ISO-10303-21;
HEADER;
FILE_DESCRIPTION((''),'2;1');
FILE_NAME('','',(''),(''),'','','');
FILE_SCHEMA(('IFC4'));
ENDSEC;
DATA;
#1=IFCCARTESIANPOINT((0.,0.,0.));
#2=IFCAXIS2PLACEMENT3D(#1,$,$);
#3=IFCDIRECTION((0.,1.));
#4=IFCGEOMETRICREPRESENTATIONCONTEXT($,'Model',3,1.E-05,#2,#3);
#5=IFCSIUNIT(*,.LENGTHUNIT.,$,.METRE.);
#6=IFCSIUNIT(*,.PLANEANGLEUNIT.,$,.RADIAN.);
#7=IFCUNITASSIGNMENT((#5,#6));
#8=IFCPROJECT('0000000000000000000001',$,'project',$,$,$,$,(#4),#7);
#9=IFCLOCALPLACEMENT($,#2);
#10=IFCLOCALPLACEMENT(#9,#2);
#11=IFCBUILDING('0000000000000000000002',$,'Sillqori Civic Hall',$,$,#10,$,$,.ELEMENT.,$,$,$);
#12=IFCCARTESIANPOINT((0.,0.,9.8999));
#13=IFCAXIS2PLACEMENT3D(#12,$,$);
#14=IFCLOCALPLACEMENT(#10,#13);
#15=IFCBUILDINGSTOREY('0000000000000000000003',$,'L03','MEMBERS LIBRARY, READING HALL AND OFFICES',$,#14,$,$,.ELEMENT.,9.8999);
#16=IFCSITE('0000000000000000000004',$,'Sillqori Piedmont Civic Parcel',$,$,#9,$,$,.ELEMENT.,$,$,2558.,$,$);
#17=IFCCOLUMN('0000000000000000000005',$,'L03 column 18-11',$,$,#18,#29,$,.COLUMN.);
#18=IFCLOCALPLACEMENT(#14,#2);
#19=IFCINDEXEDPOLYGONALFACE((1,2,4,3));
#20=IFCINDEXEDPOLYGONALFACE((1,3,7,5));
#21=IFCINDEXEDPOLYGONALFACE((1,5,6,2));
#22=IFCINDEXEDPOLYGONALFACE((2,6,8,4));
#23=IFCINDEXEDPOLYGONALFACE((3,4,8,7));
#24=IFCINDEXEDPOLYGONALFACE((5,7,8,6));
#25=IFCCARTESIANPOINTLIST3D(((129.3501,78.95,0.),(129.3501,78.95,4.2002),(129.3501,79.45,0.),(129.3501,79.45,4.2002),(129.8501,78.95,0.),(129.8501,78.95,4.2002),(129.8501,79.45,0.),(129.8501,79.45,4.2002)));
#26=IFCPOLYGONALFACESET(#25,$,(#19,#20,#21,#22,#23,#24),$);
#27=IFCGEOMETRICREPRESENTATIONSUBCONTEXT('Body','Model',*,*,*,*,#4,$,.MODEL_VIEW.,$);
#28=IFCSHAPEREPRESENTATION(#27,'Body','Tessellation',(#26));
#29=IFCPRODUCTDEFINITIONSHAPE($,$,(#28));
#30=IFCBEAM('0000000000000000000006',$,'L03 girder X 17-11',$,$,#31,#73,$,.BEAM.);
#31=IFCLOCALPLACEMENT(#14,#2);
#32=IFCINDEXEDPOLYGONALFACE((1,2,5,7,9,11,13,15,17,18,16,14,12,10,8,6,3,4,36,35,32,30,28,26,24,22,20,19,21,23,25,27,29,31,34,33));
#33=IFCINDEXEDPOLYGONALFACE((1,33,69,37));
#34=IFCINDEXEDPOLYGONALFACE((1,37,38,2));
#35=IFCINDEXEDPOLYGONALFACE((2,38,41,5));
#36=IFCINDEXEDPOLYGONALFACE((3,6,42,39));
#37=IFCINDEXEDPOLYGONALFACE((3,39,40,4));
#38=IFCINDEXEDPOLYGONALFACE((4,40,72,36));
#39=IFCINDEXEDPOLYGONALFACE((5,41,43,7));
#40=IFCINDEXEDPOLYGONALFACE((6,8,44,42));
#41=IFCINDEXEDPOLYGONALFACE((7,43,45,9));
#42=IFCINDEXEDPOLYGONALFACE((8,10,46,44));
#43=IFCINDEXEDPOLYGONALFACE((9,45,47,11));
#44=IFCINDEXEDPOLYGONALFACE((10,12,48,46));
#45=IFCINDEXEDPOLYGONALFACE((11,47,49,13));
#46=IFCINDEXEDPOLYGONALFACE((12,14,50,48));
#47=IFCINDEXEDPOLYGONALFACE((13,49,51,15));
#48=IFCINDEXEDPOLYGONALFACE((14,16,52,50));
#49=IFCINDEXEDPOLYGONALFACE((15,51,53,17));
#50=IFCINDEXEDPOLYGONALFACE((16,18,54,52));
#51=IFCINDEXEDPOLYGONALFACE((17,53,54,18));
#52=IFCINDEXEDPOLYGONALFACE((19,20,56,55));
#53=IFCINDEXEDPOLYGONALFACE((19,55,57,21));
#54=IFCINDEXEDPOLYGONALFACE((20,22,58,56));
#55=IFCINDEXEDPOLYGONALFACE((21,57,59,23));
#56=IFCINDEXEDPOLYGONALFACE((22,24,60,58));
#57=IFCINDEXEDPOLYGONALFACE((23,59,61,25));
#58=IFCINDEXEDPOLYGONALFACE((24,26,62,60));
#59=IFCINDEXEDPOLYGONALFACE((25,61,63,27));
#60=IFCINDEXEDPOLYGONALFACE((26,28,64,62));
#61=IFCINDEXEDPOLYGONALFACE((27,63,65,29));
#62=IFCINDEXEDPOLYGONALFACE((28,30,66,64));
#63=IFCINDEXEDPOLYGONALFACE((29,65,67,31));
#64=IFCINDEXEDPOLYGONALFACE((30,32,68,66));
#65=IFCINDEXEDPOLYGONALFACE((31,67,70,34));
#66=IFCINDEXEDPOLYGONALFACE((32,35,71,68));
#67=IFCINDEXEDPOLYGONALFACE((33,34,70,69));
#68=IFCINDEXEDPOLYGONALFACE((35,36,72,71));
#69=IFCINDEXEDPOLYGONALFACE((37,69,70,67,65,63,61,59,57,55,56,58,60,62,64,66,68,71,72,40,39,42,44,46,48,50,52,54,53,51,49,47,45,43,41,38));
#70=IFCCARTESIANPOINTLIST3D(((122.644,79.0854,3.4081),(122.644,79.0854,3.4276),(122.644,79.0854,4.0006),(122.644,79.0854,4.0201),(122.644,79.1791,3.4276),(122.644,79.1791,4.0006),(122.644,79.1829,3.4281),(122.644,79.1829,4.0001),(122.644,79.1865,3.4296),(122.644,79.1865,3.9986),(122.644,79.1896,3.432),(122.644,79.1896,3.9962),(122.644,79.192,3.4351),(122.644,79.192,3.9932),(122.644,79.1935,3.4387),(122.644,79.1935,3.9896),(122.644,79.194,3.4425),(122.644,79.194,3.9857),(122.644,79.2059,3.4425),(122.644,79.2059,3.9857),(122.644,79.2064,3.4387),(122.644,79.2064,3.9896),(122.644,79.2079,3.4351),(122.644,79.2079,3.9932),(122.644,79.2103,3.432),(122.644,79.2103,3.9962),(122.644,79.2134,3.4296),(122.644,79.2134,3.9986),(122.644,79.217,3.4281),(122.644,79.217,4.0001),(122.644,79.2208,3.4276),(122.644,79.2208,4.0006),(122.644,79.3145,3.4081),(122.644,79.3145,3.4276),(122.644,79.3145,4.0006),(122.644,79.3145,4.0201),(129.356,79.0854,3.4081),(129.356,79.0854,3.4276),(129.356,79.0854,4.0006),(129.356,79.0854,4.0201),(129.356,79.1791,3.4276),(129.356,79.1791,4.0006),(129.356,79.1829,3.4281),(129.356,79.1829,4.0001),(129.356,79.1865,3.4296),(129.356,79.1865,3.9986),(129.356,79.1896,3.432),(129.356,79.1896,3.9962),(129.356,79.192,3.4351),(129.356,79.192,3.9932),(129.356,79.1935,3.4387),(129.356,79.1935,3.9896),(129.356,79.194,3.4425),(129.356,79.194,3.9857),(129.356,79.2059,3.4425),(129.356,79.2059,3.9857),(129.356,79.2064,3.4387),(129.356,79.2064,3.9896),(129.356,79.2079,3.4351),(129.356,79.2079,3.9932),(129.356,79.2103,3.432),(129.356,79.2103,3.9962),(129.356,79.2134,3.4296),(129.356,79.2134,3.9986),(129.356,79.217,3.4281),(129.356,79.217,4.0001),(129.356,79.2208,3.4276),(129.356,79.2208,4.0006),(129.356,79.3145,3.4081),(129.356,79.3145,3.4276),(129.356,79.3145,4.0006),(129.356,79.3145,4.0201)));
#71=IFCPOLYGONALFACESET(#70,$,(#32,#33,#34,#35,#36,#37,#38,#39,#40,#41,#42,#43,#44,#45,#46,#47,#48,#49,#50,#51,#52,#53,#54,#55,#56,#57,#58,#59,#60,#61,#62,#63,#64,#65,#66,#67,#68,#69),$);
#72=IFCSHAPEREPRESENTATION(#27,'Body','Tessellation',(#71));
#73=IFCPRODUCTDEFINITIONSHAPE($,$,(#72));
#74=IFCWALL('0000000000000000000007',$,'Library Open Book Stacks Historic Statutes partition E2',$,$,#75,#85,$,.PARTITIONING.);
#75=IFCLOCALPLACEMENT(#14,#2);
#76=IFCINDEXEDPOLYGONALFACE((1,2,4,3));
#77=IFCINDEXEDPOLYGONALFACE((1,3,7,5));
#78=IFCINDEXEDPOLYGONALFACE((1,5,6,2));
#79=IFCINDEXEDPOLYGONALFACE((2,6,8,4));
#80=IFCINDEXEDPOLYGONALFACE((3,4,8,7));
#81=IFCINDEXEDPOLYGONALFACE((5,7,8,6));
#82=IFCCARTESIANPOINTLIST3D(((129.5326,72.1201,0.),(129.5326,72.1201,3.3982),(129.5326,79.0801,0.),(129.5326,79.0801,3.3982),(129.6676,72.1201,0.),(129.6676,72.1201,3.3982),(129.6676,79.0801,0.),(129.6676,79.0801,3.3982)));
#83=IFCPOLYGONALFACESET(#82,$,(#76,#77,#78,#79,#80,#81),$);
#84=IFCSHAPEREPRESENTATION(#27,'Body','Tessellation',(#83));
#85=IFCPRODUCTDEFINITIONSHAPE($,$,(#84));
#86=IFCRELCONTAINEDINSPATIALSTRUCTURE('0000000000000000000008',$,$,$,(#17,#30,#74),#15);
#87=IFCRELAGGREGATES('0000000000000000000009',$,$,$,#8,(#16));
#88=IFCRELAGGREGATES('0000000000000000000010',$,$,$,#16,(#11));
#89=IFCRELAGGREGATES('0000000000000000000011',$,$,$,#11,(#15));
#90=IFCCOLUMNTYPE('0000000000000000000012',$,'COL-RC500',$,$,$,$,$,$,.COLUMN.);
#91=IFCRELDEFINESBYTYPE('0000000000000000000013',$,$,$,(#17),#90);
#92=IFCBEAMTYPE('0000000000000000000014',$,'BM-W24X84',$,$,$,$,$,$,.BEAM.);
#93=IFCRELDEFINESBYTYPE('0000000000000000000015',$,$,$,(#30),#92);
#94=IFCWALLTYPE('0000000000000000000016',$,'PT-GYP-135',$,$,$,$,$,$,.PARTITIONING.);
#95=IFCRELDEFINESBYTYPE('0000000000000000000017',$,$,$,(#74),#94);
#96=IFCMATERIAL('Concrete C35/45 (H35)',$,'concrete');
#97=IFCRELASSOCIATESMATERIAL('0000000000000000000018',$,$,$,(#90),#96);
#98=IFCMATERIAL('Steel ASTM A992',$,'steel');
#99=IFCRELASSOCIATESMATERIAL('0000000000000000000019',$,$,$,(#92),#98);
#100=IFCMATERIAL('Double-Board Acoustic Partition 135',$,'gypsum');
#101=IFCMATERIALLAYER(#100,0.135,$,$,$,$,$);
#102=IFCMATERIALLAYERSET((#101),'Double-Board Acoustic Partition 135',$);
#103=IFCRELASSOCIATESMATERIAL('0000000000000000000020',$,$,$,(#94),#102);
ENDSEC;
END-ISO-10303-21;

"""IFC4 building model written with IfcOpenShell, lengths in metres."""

from ifc_helpers import new_model, si_unit, direction, frame, frame_2d, origin, origin_2d, place, context, subcontext, project, spatial, rectangle, i_section, extrude, material, layer, layer_set, material_profile, profile_set, type_object, element, save


model = new_model("IFC4")

# Units and contexts
model_context = context("Model", 3, precision=1e-05, world=origin(), true_north=direction((0.0, 1.0)))
body_context = subcontext(model_context, "Body", "Model", "MODEL_VIEW")
ifc_project = project(units=[si_unit("LENGTHUNIT", "METRE"), si_unit("PLANEANGLEUNIT", "RADIAN")], contexts=[model_context])

# Site, building, storey
site_placement = place(None, origin())
site = spatial("IfcSite", under=ifc_project, at=site_placement, Name="Sillqori Piedmont Civic Parcel", CompositionType="ELEMENT", RefElevation=2558.0)
building_placement = place(site_placement, origin())
building = spatial("IfcBuilding", under=site, at=building_placement, Name="Sillqori Civic Hall", CompositionType="ELEMENT")
storey_placement = place(building_placement, frame((0.0, 0.0, 9.8999)))
storey = spatial("IfcBuildingStorey", under=building, at=storey_placement, Name="L03", Description="MEMBERS LIBRARY, READING HALL AND OFFICES", CompositionType="ELEMENT", Elevation=9.8999)

# Column
ifc_material_1 = material(Name="Concrete C35/45 (H35)", Category="concrete")
ifc_material_profile_1 = material_profile(ifc_material_1, rectangle(XDim=0.5, YDim=0.5, at=origin_2d()), Name="RC 500x500")
ifc_profile_set_1 = profile_set([ifc_material_profile_1], Name="Concrete C35/45 (H35)")
column_type = type_object("IfcColumnType", Name="COL-RC500", PredefinedType="COLUMN", material=ifc_profile_set_1)
column_placement = place(storey_placement, frame((129.6001, 79.2, 0.0), z_axis=(0.0, 0.0, 1.0), x_axis=(1.0, 0.0, 0.0)))
element("IfcColumn", 1, at=column_placement, inside=storey, type_object=column_type, Name="L03 column 18-11", PredefinedType="COLUMN", context=body_context, shape_type="SweptSolid", body=[
    extrude(rectangle(XDim=0.5, YDim=0.5, at=origin_2d()), origin(), (0.0, 0.0, 1.0), 4.2002),
])

# Beam
ifc_material_2 = material(Name="Steel ASTM A992", Category="steel")
ifc_material_profile_2 = material_profile(ifc_material_2, i_section(OverallWidth=0.229, OverallDepth=0.6121, WebThickness=0.012, FlangeThickness=0.0195, FilletRadius=0.0149, at=origin_2d()), Name="W24X84")
ifc_profile_set_2 = profile_set([ifc_material_profile_2], Name="Steel ASTM A992")
beam_type = type_object("IfcBeamType", Name="BM-W24X84", PredefinedType="BEAM", material=ifc_profile_set_2)
beam_placement = place(storey_placement, frame((122.644, 79.2, 3.7141), z_axis=(1.0, 0.0, 0.0), x_axis=(0.0, 1.0, 0.0)))
element("IfcBeam", 2, at=beam_placement, inside=storey, type_object=beam_type, Name="L03 girder X 17-11", PredefinedType="BEAM", context=body_context, shape_type="SweptSolid", body=[
    extrude(i_section(OverallWidth=0.229, OverallDepth=0.6121, WebThickness=0.012, FlangeThickness=0.0195, FilletRadius=0.0149, at=origin_2d()), origin(), (0.0, 0.0, 1.0), 6.7119),
])

# Wall
ifc_material_3 = material(Name="Double-Board Acoustic Partition 135", Category="gypsum")
ifc_layer_1 = layer(ifc_material_3, 0.135)
ifc_layer_set_1 = layer_set([ifc_layer_1], Name="Double-Board Acoustic Partition 135")
wall_type = type_object("IfcWallType", Name="PT-GYP-135", PredefinedType="PARTITIONING", material=ifc_layer_set_1)
wall_placement = place(storey_placement, frame((129.6001, 79.0801, 0.0), z_axis=(0.0, 0.0, 1.0), x_axis=(0.0, -1.0, 0.0)))
element("IfcWall", 3, at=wall_placement, inside=storey, type_object=wall_type, Name="Library Open Book Stacks Historic Statutes partition E2", PredefinedType="PARTITIONING", context=body_context, shape_type="SweptSolid", body=[
    extrude(rectangle(XDim=6.96, YDim=0.135, at=frame_2d((3.48, 0.0))), origin(), (0.0, 0.0, 1.0), 3.3982),
])

save(model, "model.ifc")
